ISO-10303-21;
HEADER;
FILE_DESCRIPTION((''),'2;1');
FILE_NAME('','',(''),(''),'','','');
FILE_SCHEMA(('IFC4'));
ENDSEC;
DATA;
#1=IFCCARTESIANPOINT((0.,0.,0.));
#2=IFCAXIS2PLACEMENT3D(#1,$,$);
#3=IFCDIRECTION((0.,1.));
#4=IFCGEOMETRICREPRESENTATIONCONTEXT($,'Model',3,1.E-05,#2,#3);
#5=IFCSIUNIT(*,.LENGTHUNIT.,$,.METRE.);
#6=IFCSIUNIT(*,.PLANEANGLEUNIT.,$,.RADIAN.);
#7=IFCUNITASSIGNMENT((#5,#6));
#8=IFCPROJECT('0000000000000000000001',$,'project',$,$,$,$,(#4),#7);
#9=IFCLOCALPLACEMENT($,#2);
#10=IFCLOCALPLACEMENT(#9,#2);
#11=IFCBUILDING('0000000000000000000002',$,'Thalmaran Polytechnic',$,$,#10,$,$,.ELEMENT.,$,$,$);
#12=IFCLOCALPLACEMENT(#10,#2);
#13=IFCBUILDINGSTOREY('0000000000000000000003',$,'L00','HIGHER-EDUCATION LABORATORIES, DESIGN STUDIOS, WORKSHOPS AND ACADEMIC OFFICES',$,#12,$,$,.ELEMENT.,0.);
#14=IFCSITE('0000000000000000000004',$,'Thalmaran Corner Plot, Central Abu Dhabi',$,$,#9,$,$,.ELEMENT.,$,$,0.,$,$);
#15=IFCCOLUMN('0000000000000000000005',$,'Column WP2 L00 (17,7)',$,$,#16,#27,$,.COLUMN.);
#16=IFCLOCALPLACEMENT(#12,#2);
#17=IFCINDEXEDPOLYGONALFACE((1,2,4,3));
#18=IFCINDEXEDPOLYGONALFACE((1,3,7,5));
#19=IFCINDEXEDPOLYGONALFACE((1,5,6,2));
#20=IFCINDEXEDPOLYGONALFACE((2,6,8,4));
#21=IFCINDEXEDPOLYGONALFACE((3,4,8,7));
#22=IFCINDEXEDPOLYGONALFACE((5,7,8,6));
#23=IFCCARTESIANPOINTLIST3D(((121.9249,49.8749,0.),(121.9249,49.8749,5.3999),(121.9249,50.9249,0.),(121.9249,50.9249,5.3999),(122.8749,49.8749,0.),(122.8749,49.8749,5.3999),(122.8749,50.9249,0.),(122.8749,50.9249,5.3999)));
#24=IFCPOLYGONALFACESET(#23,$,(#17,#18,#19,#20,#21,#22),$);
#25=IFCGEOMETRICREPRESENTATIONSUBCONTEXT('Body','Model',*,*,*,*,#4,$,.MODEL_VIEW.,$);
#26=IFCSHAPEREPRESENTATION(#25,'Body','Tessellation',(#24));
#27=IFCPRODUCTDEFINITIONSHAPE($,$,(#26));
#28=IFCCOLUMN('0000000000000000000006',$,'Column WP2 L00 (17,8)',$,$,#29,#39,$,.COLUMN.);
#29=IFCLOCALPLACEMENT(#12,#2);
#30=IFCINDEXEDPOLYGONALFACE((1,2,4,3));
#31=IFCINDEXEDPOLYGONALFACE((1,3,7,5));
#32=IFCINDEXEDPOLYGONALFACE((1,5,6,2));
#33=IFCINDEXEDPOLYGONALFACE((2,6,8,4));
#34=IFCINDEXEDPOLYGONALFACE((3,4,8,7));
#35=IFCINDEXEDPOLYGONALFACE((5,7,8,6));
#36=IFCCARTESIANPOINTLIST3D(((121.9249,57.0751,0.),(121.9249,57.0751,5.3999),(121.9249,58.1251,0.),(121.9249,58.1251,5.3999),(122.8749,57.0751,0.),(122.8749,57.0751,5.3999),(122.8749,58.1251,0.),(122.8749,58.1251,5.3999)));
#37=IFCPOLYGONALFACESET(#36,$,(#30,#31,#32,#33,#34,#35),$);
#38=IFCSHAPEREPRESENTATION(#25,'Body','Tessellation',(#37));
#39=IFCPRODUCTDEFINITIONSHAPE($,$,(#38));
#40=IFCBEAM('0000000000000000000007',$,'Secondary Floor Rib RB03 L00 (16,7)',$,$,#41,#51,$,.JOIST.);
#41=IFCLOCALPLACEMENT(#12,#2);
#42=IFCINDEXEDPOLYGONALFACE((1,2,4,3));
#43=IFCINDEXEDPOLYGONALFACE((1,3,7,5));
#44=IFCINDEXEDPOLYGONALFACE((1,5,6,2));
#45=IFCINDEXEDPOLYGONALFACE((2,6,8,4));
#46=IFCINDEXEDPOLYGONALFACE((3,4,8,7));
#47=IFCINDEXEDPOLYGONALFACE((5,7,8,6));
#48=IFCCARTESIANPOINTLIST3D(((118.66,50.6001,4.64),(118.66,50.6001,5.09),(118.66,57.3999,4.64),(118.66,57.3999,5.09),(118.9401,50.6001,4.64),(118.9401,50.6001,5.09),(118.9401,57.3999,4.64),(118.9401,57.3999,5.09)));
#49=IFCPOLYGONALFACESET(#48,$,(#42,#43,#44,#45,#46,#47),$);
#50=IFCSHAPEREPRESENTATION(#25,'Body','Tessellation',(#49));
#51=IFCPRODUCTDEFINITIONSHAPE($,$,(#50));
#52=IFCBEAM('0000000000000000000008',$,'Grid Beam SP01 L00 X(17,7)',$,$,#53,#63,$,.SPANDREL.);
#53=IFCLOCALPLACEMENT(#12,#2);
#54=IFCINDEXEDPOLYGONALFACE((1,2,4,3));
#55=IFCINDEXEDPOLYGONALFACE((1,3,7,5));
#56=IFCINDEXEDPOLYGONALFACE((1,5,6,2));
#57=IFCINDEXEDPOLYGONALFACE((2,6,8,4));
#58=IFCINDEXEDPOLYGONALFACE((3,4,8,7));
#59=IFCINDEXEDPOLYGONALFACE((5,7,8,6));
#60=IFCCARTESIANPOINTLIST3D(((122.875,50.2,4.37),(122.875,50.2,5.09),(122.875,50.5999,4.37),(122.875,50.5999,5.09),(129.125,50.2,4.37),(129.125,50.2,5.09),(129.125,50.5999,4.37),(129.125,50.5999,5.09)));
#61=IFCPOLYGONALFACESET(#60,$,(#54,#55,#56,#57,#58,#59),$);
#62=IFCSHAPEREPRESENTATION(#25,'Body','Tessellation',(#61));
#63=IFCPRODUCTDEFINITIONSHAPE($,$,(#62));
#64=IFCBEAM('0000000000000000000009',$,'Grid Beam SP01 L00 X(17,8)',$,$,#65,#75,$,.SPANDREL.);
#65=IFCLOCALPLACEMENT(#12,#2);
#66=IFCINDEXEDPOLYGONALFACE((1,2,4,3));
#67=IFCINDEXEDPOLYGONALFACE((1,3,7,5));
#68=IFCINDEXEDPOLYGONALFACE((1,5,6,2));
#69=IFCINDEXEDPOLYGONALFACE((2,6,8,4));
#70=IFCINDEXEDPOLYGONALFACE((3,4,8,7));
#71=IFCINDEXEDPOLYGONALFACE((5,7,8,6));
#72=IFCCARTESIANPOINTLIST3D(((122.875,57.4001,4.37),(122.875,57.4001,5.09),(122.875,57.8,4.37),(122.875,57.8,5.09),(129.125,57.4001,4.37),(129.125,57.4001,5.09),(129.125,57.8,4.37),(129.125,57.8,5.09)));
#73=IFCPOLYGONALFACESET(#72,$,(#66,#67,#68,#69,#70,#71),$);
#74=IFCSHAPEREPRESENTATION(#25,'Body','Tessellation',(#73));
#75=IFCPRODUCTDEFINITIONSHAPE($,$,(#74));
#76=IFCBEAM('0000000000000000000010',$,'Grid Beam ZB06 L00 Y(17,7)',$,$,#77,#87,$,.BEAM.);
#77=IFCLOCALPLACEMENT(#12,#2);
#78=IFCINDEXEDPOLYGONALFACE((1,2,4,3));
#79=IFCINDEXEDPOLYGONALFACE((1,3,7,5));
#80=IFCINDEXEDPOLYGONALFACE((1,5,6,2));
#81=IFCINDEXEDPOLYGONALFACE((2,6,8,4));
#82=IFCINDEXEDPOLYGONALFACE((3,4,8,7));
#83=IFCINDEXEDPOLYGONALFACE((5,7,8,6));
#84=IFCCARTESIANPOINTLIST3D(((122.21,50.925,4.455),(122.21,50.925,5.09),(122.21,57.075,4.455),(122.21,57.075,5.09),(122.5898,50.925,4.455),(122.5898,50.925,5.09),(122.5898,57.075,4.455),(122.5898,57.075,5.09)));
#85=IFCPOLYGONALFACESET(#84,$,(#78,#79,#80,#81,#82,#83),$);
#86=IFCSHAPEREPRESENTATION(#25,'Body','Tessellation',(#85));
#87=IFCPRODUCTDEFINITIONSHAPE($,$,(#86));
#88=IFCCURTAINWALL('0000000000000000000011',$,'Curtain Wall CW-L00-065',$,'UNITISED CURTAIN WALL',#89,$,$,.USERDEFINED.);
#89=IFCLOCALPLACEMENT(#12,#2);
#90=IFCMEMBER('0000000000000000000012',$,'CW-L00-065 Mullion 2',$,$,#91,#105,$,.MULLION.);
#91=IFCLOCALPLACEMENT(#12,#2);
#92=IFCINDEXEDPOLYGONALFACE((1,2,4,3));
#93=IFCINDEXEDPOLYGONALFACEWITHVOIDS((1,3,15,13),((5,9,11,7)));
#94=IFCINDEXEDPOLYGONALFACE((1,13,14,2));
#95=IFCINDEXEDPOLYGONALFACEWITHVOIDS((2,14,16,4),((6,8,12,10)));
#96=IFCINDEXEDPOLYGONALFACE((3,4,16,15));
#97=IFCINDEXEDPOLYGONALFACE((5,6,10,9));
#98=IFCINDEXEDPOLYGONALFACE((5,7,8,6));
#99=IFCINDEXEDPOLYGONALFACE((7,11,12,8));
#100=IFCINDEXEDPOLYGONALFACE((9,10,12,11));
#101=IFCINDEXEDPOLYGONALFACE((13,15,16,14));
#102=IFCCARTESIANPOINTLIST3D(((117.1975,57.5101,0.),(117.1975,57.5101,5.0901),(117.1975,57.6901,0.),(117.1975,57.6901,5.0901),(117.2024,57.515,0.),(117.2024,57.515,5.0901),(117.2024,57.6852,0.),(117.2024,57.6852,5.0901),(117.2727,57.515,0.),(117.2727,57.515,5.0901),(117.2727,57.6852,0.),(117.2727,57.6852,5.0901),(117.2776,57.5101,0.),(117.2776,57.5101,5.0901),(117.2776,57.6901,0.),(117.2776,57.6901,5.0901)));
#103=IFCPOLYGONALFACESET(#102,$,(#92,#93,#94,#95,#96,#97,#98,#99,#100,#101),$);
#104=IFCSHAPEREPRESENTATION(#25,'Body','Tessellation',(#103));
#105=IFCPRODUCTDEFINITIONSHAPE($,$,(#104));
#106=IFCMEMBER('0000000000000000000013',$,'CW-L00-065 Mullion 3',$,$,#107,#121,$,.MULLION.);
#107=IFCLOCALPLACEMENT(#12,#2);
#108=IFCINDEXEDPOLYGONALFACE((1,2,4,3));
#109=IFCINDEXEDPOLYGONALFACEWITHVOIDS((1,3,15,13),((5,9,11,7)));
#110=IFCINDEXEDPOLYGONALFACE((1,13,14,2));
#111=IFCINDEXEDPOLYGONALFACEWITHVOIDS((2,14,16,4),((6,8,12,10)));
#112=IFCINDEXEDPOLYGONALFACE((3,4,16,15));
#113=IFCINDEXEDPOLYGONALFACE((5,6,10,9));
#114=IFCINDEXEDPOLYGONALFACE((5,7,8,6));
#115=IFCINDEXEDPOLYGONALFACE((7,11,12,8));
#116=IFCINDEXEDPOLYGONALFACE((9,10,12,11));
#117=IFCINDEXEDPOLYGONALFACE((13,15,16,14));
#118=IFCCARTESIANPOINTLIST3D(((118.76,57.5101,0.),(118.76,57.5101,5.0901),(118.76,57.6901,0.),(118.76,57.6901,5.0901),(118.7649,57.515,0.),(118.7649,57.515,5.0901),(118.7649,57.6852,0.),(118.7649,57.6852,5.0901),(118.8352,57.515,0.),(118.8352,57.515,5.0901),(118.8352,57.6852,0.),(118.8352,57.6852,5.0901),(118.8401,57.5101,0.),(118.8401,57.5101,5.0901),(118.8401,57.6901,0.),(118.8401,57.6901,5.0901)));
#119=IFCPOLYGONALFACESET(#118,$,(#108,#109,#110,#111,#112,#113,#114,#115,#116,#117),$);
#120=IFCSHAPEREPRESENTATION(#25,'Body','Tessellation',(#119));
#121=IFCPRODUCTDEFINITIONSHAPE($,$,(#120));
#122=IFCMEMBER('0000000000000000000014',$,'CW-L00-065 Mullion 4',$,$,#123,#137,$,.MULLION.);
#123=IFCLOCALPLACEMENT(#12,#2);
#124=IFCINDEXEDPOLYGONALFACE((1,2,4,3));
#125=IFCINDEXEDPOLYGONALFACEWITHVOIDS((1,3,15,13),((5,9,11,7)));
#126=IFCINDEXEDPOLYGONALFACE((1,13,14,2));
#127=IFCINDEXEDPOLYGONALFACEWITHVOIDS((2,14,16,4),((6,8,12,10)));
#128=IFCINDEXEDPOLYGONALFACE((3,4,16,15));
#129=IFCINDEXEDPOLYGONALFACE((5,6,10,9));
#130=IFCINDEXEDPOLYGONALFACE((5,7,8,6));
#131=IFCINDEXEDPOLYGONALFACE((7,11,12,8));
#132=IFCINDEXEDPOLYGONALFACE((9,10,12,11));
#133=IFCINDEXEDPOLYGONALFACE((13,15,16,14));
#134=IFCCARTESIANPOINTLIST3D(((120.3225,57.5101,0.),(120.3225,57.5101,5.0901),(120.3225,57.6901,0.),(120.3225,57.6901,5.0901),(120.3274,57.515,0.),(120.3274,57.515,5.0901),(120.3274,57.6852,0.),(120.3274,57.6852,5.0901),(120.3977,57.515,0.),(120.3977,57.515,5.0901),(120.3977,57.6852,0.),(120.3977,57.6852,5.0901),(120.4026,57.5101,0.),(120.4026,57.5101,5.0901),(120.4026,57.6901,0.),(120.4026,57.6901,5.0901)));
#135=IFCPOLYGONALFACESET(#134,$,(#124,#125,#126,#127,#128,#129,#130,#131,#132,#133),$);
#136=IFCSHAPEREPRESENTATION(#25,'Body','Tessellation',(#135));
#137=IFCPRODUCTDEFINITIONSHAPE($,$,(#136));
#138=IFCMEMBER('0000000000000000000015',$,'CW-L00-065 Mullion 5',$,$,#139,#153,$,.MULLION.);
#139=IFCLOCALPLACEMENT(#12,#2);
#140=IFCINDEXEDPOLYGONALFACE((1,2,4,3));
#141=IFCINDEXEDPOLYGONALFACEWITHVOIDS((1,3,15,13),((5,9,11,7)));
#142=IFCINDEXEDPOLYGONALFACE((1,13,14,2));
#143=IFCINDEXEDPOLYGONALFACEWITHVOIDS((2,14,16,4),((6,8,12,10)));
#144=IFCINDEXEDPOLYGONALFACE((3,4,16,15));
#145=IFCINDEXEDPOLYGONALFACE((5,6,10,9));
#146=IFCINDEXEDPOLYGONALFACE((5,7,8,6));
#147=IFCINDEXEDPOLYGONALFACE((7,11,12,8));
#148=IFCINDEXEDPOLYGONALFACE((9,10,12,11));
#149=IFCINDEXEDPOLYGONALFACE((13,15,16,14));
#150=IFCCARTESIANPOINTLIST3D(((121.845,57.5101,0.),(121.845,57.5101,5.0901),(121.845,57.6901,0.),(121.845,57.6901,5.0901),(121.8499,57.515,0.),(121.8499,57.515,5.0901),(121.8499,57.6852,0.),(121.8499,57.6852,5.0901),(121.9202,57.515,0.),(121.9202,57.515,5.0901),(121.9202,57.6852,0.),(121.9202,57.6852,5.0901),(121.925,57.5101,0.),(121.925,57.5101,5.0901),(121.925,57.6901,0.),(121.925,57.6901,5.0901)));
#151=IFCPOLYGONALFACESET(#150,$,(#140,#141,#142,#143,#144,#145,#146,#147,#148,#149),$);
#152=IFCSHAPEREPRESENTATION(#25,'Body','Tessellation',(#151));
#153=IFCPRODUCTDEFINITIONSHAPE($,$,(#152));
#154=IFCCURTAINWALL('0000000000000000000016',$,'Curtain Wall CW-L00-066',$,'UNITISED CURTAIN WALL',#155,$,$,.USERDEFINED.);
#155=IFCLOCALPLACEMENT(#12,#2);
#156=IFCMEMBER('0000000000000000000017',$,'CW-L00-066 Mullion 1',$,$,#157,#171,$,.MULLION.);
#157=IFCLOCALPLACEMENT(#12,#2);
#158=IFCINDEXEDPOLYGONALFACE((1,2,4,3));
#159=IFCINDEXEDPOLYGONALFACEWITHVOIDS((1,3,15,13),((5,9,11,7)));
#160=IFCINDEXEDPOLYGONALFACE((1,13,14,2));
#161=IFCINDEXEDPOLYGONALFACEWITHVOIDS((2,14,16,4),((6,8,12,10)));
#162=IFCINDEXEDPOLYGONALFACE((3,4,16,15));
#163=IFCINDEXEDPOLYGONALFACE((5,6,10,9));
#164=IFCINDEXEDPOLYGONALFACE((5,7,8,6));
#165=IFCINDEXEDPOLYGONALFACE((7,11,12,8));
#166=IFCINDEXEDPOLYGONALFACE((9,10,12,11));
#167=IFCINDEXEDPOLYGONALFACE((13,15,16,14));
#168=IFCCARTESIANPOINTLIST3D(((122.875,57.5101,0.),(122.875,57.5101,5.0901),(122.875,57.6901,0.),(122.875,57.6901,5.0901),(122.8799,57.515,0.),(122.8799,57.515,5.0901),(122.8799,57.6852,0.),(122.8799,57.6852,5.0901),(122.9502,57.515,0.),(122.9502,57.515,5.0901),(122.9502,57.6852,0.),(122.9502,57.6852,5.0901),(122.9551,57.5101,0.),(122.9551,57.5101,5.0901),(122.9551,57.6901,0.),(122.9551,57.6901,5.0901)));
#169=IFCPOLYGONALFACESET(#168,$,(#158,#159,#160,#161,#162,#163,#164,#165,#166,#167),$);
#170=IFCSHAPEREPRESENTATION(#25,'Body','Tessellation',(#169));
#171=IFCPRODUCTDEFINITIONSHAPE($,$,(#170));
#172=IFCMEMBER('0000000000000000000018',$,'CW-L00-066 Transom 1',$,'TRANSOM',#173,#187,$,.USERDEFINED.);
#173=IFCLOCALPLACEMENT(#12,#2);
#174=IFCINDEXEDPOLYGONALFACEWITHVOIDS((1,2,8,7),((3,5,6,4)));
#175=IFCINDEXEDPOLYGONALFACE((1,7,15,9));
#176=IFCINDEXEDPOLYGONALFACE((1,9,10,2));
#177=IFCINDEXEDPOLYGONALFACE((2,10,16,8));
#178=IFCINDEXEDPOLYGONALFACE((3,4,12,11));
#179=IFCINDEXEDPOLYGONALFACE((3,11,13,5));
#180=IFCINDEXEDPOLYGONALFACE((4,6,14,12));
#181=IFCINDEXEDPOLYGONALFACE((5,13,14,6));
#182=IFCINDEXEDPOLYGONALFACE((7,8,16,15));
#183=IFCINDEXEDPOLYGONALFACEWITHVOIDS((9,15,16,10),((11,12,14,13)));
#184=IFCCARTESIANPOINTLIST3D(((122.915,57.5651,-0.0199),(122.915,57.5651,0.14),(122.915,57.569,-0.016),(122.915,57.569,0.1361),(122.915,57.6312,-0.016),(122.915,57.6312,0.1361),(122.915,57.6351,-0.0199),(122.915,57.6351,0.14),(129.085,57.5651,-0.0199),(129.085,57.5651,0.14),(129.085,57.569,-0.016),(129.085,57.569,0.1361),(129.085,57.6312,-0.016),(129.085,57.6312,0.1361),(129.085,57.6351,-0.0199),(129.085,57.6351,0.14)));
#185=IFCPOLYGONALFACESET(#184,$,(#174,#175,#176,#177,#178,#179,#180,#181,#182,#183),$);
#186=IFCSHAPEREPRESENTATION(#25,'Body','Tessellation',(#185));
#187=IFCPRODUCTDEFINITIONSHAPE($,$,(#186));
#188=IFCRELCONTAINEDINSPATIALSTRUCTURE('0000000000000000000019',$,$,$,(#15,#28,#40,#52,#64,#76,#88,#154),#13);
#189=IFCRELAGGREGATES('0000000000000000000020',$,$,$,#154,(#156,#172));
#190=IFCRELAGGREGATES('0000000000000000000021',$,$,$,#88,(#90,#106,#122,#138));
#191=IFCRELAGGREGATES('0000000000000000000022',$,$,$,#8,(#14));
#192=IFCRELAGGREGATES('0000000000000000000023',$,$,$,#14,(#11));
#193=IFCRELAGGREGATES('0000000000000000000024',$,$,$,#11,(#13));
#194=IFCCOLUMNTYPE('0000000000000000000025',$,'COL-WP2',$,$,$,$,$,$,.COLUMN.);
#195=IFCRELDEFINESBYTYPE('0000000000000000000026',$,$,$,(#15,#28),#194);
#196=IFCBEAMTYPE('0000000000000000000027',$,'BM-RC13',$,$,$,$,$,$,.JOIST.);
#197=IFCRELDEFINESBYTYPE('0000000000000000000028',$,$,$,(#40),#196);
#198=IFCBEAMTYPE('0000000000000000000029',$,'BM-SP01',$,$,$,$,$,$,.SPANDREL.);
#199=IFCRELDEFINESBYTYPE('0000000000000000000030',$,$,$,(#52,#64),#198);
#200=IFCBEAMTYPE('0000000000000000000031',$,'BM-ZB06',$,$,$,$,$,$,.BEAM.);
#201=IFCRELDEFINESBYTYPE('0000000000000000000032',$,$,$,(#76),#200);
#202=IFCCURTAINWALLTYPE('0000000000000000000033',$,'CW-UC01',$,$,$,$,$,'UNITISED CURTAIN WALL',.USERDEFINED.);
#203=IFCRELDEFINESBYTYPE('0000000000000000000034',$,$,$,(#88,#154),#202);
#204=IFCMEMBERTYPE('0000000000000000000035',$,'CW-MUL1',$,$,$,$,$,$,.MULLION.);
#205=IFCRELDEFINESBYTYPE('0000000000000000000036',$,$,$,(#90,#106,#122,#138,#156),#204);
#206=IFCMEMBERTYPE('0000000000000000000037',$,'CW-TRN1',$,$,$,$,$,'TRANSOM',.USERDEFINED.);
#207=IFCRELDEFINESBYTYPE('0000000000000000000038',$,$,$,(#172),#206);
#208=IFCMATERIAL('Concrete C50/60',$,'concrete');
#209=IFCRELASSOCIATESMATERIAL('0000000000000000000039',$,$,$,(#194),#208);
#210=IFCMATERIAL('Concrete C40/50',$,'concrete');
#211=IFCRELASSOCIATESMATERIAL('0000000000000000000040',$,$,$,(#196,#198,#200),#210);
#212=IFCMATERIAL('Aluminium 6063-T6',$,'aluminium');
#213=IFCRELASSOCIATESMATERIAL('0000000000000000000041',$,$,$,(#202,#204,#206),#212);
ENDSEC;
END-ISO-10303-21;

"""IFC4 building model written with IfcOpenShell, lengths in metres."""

from ifc_helpers import new_model, si_unit, direction, frame, origin, origin_2d, place, context, subcontext, project, spatial, rectangle, hollow_rectangle, extrude, material, material_profile, profile_set, type_object, element, aggregate, save


model = new_model("IFC4")

# Units and contexts
model_context = context("Model", 3, precision=1e-05, world=origin(), true_north=direction((0.0, 1.0)))
body_context = subcontext(model_context, "Body", "Model", "MODEL_VIEW")
ifc_project = project(units=[si_unit("LENGTHUNIT", "METRE"), si_unit("PLANEANGLEUNIT", "RADIAN")], contexts=[model_context])

# Site, building, storey
site_placement = place(None, origin())
site = spatial("IfcSite", under=ifc_project, at=site_placement, Name="Thalmaran Corner Plot, Central Abu Dhabi", CompositionType="ELEMENT", RefElevation=0.0)
building_placement = place(site_placement, origin())
building = spatial("IfcBuilding", under=site, at=building_placement, Name="Thalmaran Polytechnic", CompositionType="ELEMENT")
storey_placement = place(building_placement, origin())
storey = spatial("IfcBuildingStorey", under=building, at=storey_placement, Name="L00", Description="HIGHER-EDUCATION LABORATORIES, DESIGN STUDIOS, WORKSHOPS AND ACADEMIC OFFICES", CompositionType="ELEMENT", Elevation=0.0)

# Columns
ifc_material_1 = material(Name="Concrete C50/60", Category="concrete")
ifc_material_profile_1 = material_profile(ifc_material_1, rectangle(XDim=0.95, YDim=1.05, at=origin_2d()), Name="RC 950x1050")
ifc_profile_set_1 = profile_set([ifc_material_profile_1], Name="Concrete C50/60")
column_type = type_object("IfcColumnType", Name="COL-WP2", PredefinedType="COLUMN", material=ifc_profile_set_1)
for number, where, z_axis, x_axis, name in (
    (1, (122.3999, 50.3999, 0.0), (0.0, 0.0, 1.0), (1.0, 0.0, 0.0), "Column WP2 L00 (17,7)"),
    (2, (122.3999, 57.6001, 0.0), (0.0, 0.0, 1.0), (1.0, 0.0, 0.0), "Column WP2 L00 (17,8)"),
):
    element("IfcColumn", number, at=place(storey_placement, frame(where, z_axis=z_axis, x_axis=x_axis)), inside=storey, type_object=column_type, Name=name, PredefinedType="COLUMN", context=body_context, shape_type="SweptSolid", body=[
        extrude(rectangle(XDim=0.95, YDim=1.05, at=origin_2d()), origin(), (0.0, 0.0, 1.0), 5.3999),
    ])

# Beams
ifc_material_2 = material(Name="Concrete C40/50", Category="concrete")
ifc_material_profile_2 = material_profile(ifc_material_2, rectangle(XDim=0.28, YDim=0.45, at=origin_2d()), Name="RC 280x450")
ifc_profile_set_2 = profile_set([ifc_material_profile_2], Name="Concrete C40/50")
beam_type_1 = type_object("IfcBeamType", Name="BM-RC13", PredefinedType="JOIST", material=ifc_profile_set_2)
beam_1_placement = place(storey_placement, frame((118.8, 50.6001, 4.865), z_axis=(0.0, 1.0, 0.0), x_axis=(-1.0, 0.0, 0.0)))
element("IfcBeam", 3, at=beam_1_placement, inside=storey, type_object=beam_type_1, Name="Secondary Floor Rib RB03 L00 (16,7)", PredefinedType="JOIST", context=body_context, shape_type="SweptSolid", body=[
    extrude(rectangle(XDim=0.28, YDim=0.45, at=origin_2d()), origin(), (0.0, 0.0, 1.0), 6.7998),
])
ifc_material_profile_3 = material_profile(ifc_material_2, rectangle(XDim=0.3999, YDim=0.72, at=origin_2d()), Name="RC 400x720")
ifc_profile_set_3 = profile_set([ifc_material_profile_3], Name="Concrete C40/50")
beam_type_2 = type_object("IfcBeamType", Name="BM-SP01", PredefinedType="SPANDREL", material=ifc_profile_set_3)
for number, where, z_axis, x_axis, name in (
    (4, (122.875, 50.3999, 4.73), (1.0, 0.0, 0.0), (0.0, 1.0, 0.0), "Grid Beam SP01 L00 X(17,7)"),
    (5, (122.875, 57.6001, 4.73), (1.0, 0.0, 0.0), (0.0, 1.0, 0.0), "Grid Beam SP01 L00 X(17,8)"),
):
    element("IfcBeam", number, at=place(storey_placement, frame(where, z_axis=z_axis, x_axis=x_axis)), inside=storey, type_object=beam_type_2, Name=name, PredefinedType="SPANDREL", context=body_context, shape_type="SweptSolid", body=[
        extrude(rectangle(XDim=0.3999, YDim=0.72, at=origin_2d()), origin(), (0.0, 0.0, 1.0), 6.25),
    ])
ifc_material_profile_4 = material_profile(ifc_material_2, rectangle(XDim=0.3799, YDim=0.635, at=origin_2d()), Name="RC 380x635")
ifc_profile_set_4 = profile_set([ifc_material_profile_4], Name="Concrete C40/50")
beam_type_3 = type_object("IfcBeamType", Name="BM-ZB06", PredefinedType="BEAM", material=ifc_profile_set_4)
beam_2_placement = place(storey_placement, frame((122.3999, 50.925, 4.7725), z_axis=(0.0, 1.0, 0.0), x_axis=(-1.0, 0.0, 0.0)))
element("IfcBeam", 6, at=beam_2_placement, inside=storey, type_object=beam_type_3, Name="Grid Beam ZB06 L00 Y(17,7)", PredefinedType="BEAM", context=body_context, shape_type="SweptSolid", body=[
    extrude(rectangle(XDim=0.3799, YDim=0.635, at=origin_2d()), origin(), (0.0, 0.0, 1.0), 6.1499),
])

# Curtain walls, members
ifc_material_3 = material(Name="Aluminium 6063-T6", Category="aluminium")
curtain_wall_type = type_object("IfcCurtainWallType", Name="CW-UC01", ElementType="UNITISED CURTAIN WALL", PredefinedType="USERDEFINED", material=ifc_material_3)
curtain_wall_1_placement = place(storey_placement, origin())
curtain_wall_1 = element("IfcCurtainWall", 7, at=curtain_wall_1_placement, inside=storey, type_object=curtain_wall_type, Name="Curtain Wall CW-L00-065", ObjectType="UNITISED CURTAIN WALL", PredefinedType="USERDEFINED")
ifc_material_profile_5 = material_profile(ifc_material_3, hollow_rectangle(XDim=0.0801, YDim=0.1799, WallThickness=0.0049, at=origin_2d()), Name="RHS 180x80x5.0")
ifc_profile_set_5 = profile_set([ifc_material_profile_5], Name="Aluminium 6063-T6")
member_type_1 = type_object("IfcMemberType", Name="CW-MUL1", PredefinedType="MULLION", material=ifc_profile_set_5)
member_1_placement = place(storey_placement, frame((117.2375, 57.6001, 0.0), z_axis=(0.0, 0.0, 1.0), x_axis=(1.0, 0.0, 0.0)))
member_1 = element("IfcMember", 8, at=member_1_placement, type_object=member_type_1, Name="CW-L00-065 Mullion 2", PredefinedType="MULLION", context=body_context, shape_type="SweptSolid", body=[
    extrude(hollow_rectangle(XDim=0.0801, YDim=0.1799, WallThickness=0.0049, at=origin_2d()), origin(), (0.0, 0.0, 1.0), 5.0901),
])
member_2_placement = place(storey_placement, frame((118.8, 57.6001, 0.0), z_axis=(0.0, 0.0, 1.0), x_axis=(1.0, 0.0, 0.0)))
member_2 = element("IfcMember", 9, at=member_2_placement, type_object=member_type_1, Name="CW-L00-065 Mullion 3", PredefinedType="MULLION", context=body_context, shape_type="SweptSolid", body=[
    extrude(hollow_rectangle(XDim=0.0801, YDim=0.1799, WallThickness=0.0049, at=origin_2d()), origin(), (0.0, 0.0, 1.0), 5.0901),
])
member_3_placement = place(storey_placement, frame((120.3625, 57.6001, 0.0), z_axis=(0.0, 0.0, 1.0), x_axis=(1.0, 0.0, 0.0)))
member_3 = element("IfcMember", 10, at=member_3_placement, type_object=member_type_1, Name="CW-L00-065 Mullion 4", PredefinedType="MULLION", context=body_context, shape_type="SweptSolid", body=[
    extrude(hollow_rectangle(XDim=0.0801, YDim=0.1799, WallThickness=0.0049, at=origin_2d()), origin(), (0.0, 0.0, 1.0), 5.0901),
])
member_4_placement = place(storey_placement, frame((121.885, 57.6001, 0.0), z_axis=(0.0, 0.0, 1.0), x_axis=(1.0, 0.0, 0.0)))
member_4 = element("IfcMember", 11, at=member_4_placement, type_object=member_type_1, Name="CW-L00-065 Mullion 5", PredefinedType="MULLION", context=body_context, shape_type="SweptSolid", body=[
    extrude(hollow_rectangle(XDim=0.0801, YDim=0.1799, WallThickness=0.0049, at=origin_2d()), origin(), (0.0, 0.0, 1.0), 5.0901),
])
curtain_wall_2_placement = place(storey_placement, origin())
curtain_wall_2 = element("IfcCurtainWall", 12, at=curtain_wall_2_placement, inside=storey, type_object=curtain_wall_type, Name="Curtain Wall CW-L00-066", ObjectType="UNITISED CURTAIN WALL", PredefinedType="USERDEFINED")
member_5_placement = place(storey_placement, frame((122.915, 57.6001, 0.0), z_axis=(0.0, 0.0, 1.0), x_axis=(1.0, 0.0, 0.0)))
member_5 = element("IfcMember", 13, at=member_5_placement, type_object=member_type_1, Name="CW-L00-066 Mullion 1", PredefinedType="MULLION", context=body_context, shape_type="SweptSolid", body=[
    extrude(hollow_rectangle(XDim=0.0801, YDim=0.1799, WallThickness=0.0049, at=origin_2d()), origin(), (0.0, 0.0, 1.0), 5.0901),
])
ifc_material_profile_6 = material_profile(ifc_material_3, hollow_rectangle(XDim=0.0701, YDim=0.1599, WallThickness=0.0039, at=origin_2d()), Name="AL 160x70x4.0")
ifc_profile_set_6 = profile_set([ifc_material_profile_6], Name="Aluminium 6063-T6")
member_type_2 = type_object("IfcMemberType", Name="CW-TRN1", ElementType="TRANSOM", PredefinedType="USERDEFINED", material=ifc_profile_set_6)
member_6_placement = place(storey_placement, frame((122.915, 57.6001, 0.0601), z_axis=(1.0, 0.0, 0.0), x_axis=(0.0, 1.0, 0.0)))
member_6 = element("IfcMember", 14, at=member_6_placement, type_object=member_type_2, Name="CW-L00-066 Transom 1", ObjectType="TRANSOM", PredefinedType="USERDEFINED", context=body_context, shape_type="SweptSolid", body=[
    extrude(hollow_rectangle(XDim=0.0701, YDim=0.1599, WallThickness=0.0039, at=origin_2d()), origin(), (0.0, 0.0, 1.0), 6.1699),
])

aggregate(curtain_wall_2, [member_5, member_6])
aggregate(curtain_wall_1, [member_1, member_2, member_3, member_4])

save(model, "model.ifc")
